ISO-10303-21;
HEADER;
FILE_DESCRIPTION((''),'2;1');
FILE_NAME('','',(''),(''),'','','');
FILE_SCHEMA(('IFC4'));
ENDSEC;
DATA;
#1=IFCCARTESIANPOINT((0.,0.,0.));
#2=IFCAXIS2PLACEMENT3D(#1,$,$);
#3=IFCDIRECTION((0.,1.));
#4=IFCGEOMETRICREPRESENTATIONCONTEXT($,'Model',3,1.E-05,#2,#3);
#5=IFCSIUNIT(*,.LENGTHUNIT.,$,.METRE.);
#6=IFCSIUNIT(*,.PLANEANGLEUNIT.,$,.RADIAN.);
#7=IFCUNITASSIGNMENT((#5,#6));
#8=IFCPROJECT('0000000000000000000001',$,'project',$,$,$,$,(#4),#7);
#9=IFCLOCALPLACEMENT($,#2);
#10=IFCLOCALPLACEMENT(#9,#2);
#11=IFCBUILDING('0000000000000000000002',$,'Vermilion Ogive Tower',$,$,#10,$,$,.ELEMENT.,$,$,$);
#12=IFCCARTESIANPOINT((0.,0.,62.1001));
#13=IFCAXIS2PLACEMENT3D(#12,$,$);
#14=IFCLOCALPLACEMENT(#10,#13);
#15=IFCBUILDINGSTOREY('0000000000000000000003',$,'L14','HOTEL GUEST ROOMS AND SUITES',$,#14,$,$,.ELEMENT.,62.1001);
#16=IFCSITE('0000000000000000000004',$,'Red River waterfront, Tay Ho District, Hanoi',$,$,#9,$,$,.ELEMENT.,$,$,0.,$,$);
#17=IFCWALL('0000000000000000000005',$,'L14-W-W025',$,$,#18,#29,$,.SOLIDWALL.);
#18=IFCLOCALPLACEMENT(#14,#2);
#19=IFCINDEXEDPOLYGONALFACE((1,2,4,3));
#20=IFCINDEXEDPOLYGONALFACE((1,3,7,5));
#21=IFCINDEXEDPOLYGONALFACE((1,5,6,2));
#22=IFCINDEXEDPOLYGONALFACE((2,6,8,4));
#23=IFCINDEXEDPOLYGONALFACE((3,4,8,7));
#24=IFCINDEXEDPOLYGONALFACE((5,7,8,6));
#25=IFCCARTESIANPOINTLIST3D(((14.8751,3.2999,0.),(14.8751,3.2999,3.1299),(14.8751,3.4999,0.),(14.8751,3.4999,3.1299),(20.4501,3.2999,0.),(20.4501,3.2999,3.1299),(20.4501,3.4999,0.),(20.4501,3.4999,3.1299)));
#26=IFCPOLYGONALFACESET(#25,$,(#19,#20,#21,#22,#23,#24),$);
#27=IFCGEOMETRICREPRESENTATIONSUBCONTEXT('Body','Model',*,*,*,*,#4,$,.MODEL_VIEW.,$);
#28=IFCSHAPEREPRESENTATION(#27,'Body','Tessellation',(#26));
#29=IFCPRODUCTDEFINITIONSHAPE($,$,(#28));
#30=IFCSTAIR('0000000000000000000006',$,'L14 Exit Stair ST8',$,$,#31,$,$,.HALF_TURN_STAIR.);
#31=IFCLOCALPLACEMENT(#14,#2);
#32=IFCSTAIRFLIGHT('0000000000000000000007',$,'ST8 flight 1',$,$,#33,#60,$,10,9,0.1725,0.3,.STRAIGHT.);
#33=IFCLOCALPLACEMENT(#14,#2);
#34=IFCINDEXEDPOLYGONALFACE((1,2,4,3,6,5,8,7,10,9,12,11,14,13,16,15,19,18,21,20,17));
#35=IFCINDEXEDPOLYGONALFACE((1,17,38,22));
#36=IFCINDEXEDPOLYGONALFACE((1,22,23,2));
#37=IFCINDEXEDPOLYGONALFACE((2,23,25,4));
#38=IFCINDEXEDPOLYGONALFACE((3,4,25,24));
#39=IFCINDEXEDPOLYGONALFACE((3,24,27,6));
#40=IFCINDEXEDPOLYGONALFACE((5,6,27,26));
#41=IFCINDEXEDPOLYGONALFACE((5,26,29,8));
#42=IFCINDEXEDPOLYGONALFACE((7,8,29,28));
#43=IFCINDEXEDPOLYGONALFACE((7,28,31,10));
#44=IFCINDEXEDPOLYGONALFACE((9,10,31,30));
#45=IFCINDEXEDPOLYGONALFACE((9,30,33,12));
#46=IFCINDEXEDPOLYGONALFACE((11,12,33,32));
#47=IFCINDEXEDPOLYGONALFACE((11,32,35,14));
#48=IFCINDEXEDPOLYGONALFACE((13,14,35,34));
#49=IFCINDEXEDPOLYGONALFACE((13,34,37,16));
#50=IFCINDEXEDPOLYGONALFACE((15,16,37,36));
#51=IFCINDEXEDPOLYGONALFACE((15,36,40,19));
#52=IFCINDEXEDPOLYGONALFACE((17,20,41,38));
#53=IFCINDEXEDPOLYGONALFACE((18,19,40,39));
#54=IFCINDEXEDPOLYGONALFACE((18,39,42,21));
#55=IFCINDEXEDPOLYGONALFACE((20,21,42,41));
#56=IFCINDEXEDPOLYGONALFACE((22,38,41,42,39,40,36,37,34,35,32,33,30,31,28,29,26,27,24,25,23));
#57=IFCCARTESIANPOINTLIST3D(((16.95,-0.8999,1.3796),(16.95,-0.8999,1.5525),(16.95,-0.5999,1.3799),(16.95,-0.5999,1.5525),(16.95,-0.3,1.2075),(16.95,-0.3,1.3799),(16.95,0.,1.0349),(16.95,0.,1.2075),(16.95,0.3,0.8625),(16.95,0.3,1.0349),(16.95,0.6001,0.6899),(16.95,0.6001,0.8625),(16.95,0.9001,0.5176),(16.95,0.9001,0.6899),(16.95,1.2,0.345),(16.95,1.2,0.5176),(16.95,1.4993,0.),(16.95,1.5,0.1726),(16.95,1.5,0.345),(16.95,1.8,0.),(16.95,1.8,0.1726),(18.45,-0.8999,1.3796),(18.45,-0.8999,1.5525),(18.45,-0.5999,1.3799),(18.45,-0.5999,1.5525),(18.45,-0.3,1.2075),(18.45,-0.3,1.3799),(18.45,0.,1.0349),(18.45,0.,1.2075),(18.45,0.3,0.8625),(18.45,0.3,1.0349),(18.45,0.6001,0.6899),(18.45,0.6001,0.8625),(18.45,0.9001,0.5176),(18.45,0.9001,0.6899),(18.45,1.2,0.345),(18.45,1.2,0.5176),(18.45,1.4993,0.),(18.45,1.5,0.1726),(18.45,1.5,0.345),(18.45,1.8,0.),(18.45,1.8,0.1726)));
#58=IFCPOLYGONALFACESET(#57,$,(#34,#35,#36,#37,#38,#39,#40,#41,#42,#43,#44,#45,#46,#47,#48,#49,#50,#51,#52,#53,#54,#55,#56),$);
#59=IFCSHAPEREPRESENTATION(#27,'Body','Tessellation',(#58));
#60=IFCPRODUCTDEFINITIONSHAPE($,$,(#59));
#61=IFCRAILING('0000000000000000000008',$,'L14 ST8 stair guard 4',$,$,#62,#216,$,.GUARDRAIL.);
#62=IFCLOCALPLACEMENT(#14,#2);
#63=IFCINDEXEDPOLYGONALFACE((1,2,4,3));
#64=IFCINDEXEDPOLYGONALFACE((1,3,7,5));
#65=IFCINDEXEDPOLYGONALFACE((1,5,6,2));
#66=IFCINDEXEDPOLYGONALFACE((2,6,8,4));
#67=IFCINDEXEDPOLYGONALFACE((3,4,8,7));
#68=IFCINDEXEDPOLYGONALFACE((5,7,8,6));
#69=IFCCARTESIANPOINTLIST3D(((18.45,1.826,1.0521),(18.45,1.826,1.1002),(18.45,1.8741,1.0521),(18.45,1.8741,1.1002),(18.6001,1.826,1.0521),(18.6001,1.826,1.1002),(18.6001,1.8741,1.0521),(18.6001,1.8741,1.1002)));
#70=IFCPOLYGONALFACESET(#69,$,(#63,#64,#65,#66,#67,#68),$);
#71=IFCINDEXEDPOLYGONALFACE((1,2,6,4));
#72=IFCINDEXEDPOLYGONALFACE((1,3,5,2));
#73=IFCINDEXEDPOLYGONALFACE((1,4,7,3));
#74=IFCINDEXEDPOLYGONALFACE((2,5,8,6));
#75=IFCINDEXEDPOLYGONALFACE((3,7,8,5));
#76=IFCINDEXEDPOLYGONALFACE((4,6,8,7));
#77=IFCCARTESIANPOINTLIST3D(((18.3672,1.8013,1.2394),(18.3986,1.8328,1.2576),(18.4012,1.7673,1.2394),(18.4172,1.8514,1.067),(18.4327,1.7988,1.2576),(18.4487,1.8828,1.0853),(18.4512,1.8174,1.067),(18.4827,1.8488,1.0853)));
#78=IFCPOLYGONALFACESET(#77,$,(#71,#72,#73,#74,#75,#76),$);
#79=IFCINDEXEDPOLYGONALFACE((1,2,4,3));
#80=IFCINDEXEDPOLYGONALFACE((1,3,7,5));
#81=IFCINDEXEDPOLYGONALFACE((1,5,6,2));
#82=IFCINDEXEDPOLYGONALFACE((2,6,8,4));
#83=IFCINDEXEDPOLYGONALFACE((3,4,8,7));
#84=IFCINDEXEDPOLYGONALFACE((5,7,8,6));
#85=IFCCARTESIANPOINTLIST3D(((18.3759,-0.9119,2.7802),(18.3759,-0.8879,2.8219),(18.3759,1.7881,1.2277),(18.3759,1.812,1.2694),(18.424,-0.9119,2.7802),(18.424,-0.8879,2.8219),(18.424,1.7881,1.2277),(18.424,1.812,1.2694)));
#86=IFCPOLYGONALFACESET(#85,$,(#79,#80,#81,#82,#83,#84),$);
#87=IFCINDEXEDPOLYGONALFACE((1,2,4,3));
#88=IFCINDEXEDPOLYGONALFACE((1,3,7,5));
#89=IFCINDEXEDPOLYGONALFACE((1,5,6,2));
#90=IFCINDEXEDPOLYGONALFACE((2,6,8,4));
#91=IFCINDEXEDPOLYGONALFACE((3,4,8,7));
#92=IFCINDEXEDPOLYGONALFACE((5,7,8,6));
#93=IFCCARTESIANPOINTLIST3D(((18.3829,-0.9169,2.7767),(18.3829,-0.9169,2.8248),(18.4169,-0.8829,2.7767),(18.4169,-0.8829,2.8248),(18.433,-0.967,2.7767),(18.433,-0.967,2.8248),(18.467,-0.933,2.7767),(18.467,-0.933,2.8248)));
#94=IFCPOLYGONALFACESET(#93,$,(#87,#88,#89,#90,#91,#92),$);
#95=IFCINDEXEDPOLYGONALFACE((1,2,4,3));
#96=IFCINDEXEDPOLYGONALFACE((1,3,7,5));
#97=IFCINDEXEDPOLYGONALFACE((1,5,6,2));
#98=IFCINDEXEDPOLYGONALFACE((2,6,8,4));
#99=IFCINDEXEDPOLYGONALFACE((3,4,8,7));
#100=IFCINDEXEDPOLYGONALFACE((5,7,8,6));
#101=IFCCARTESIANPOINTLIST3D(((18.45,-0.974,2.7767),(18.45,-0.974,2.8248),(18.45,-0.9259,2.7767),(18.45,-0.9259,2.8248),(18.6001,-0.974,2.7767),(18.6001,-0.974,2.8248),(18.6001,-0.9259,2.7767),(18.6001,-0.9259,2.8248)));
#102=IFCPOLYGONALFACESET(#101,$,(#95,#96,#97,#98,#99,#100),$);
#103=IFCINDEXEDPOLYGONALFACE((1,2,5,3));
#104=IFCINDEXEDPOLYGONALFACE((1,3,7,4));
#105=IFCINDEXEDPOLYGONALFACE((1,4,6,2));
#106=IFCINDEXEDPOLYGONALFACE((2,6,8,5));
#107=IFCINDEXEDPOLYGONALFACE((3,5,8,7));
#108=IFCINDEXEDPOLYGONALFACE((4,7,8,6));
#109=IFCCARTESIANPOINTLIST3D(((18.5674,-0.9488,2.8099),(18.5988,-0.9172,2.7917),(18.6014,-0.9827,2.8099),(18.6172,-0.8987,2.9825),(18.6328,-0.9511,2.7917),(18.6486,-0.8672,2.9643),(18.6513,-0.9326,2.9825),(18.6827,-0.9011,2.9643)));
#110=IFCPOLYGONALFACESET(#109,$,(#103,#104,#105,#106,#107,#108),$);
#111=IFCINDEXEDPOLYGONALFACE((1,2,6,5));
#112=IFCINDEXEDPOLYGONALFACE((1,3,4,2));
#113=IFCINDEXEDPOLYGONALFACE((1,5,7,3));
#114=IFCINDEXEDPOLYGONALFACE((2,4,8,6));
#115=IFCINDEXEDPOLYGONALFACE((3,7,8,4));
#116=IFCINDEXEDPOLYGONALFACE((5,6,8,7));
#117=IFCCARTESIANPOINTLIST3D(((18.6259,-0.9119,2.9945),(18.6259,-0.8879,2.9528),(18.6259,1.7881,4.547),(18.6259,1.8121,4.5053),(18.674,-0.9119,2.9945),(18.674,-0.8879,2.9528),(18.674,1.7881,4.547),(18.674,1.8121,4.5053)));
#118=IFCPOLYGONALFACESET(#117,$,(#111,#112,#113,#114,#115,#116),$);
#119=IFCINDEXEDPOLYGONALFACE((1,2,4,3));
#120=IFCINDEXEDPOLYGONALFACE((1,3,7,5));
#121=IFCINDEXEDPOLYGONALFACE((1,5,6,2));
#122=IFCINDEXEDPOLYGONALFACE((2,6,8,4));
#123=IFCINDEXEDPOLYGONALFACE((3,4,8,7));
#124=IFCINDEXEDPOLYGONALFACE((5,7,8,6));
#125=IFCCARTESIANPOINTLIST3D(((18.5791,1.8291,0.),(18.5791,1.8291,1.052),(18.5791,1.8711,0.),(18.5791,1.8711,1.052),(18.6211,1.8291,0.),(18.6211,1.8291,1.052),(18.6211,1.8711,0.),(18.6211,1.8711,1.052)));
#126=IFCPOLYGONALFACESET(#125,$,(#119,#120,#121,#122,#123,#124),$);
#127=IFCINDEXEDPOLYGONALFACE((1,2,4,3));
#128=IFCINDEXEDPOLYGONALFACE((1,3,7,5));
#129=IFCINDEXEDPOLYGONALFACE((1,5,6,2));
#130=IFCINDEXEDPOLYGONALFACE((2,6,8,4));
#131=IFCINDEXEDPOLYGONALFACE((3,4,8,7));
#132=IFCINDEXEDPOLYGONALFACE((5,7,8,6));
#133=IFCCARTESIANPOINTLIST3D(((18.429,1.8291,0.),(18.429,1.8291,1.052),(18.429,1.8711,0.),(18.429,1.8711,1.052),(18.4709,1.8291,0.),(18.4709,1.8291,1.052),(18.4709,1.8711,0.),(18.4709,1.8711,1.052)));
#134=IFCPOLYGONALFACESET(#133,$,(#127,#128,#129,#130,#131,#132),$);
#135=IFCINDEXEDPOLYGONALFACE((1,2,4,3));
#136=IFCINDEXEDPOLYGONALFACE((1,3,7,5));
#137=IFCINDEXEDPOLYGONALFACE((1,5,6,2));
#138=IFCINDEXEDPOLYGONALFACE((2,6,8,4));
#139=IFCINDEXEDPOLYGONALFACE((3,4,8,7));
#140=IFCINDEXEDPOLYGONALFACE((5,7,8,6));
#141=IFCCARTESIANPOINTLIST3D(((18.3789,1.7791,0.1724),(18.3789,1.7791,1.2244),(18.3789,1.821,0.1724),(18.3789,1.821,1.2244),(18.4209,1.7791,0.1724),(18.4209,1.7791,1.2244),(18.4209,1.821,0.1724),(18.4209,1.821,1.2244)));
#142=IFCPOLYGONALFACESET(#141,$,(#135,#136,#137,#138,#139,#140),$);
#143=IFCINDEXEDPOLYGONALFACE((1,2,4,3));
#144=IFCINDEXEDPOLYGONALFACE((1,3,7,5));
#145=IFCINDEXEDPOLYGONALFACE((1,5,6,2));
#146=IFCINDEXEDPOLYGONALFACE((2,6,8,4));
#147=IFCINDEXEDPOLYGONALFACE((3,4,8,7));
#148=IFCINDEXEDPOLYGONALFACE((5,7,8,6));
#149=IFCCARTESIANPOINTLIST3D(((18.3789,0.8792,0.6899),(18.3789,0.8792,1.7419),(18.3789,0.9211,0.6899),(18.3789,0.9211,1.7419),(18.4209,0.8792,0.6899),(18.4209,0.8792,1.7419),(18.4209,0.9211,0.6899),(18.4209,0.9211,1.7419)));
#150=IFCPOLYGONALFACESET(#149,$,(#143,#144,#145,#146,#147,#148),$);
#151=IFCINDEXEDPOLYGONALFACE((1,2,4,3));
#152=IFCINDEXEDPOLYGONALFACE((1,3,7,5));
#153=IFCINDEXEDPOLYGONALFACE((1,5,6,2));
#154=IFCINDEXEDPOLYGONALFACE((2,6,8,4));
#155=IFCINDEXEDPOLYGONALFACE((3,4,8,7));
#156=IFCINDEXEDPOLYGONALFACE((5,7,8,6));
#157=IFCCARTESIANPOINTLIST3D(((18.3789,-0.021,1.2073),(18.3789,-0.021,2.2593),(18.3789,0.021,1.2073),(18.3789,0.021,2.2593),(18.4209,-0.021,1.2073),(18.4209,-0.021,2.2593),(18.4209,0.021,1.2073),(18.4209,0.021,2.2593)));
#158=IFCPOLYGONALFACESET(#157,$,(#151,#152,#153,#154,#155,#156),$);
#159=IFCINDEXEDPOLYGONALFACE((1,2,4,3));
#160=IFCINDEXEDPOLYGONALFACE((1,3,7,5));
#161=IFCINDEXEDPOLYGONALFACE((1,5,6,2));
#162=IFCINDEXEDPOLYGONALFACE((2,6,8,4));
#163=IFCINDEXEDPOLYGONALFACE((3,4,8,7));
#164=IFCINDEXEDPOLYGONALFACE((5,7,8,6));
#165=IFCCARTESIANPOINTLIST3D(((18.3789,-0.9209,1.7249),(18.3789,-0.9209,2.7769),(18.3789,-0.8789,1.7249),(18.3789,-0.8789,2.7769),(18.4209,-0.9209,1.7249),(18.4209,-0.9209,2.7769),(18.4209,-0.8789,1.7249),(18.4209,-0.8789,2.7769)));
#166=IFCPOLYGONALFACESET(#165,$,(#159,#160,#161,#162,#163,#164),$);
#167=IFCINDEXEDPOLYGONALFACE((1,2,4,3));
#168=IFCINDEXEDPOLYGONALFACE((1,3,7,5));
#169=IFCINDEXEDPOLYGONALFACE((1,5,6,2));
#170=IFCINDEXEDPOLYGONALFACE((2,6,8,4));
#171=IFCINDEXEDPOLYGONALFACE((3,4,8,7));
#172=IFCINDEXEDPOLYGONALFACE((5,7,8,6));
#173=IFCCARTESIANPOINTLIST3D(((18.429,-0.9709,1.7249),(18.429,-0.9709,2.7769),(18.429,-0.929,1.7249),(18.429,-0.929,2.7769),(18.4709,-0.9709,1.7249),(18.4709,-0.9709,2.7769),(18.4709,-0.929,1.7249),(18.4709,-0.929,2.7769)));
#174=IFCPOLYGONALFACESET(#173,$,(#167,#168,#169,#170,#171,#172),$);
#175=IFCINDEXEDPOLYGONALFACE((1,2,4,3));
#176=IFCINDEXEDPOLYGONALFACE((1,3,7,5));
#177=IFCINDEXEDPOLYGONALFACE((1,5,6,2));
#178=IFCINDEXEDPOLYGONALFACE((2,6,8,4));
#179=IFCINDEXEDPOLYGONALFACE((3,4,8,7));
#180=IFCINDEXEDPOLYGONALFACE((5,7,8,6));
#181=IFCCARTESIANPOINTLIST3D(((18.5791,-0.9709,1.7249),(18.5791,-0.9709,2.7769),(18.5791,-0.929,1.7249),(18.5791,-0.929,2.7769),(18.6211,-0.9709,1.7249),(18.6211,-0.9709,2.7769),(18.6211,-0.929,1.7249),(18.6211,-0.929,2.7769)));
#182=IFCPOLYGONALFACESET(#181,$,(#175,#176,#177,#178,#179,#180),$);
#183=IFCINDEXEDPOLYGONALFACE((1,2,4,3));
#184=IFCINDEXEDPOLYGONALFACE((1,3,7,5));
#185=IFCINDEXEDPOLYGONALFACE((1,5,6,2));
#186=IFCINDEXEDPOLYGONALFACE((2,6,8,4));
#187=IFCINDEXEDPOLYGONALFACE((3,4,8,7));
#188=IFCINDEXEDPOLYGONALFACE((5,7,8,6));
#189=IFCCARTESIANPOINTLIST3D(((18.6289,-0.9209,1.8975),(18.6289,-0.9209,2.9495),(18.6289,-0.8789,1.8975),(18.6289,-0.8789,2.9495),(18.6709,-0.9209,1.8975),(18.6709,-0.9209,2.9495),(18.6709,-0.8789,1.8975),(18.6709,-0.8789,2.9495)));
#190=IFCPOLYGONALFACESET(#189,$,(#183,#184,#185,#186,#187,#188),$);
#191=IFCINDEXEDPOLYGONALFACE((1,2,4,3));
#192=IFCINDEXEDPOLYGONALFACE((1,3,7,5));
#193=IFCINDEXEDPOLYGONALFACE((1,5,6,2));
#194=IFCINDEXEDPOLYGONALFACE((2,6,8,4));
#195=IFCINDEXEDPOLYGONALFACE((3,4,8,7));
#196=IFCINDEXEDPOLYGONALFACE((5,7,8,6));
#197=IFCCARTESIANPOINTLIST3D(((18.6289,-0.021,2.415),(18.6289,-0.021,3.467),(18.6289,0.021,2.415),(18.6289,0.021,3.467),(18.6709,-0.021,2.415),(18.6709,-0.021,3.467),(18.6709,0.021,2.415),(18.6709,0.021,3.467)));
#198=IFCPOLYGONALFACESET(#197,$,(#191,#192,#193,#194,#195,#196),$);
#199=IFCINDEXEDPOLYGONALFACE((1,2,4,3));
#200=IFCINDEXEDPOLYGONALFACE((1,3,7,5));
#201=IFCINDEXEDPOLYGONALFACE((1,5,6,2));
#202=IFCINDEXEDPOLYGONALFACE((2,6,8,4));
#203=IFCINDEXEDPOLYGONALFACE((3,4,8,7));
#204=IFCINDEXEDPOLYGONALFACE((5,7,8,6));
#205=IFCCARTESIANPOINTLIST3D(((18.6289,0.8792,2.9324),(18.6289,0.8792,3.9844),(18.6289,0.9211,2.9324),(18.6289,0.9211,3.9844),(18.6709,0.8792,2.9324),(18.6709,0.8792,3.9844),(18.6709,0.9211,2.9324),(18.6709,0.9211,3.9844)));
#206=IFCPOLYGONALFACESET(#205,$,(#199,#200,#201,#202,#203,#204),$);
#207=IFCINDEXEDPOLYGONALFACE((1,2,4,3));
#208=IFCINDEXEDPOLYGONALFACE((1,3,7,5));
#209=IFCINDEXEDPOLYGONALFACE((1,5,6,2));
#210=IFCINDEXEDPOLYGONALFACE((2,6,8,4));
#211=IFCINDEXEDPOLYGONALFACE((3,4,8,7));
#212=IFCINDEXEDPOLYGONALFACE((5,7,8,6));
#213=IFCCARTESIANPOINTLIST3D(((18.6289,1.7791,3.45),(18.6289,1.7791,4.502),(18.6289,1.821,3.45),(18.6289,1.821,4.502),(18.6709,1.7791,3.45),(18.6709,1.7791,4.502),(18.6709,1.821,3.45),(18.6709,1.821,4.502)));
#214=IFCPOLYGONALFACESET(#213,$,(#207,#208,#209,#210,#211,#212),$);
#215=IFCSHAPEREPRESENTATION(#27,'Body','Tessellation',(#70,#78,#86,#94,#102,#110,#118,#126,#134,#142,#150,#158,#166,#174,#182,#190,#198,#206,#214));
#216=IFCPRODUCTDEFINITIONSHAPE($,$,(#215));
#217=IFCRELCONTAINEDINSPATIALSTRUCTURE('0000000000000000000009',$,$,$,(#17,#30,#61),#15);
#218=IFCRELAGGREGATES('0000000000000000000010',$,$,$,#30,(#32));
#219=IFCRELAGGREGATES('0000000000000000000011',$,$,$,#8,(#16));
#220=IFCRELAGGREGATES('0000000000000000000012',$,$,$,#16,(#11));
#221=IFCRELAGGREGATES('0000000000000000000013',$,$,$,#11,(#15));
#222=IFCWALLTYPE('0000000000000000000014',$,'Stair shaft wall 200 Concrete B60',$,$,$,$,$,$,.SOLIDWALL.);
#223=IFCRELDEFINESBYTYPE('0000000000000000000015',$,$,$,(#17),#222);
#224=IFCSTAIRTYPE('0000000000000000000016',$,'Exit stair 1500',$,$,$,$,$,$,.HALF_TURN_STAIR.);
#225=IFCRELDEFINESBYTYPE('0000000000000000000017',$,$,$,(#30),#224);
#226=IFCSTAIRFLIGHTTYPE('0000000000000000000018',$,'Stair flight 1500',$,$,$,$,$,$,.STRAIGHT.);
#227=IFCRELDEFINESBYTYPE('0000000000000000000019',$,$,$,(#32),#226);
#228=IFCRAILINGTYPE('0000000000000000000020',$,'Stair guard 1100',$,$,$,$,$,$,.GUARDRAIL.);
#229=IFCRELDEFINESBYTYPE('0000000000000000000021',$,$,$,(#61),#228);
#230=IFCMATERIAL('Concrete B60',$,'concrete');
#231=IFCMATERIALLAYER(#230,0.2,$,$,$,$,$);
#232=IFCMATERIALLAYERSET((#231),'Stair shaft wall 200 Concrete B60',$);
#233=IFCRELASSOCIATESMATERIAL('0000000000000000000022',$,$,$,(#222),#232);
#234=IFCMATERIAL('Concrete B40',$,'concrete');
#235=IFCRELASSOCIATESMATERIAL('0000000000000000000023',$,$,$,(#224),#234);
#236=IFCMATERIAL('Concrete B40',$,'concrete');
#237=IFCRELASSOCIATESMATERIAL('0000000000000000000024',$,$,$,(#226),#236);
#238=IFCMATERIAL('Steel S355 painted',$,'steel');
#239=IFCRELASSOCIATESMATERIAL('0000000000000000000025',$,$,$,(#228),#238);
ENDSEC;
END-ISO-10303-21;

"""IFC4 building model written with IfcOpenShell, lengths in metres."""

from ifc_helpers import new_model, si_unit, direction, frame, frame_2d, origin, origin_2d, place, context, subcontext, project, spatial, polyline, rectangle, outline, extrude, material, layer, layer_set, type_object, element, aggregate, save


model = new_model("IFC4")

# Units and contexts
model_context = context("Model", 3, precision=1e-05, world=origin(), true_north=direction((0.0, 1.0)))
body_context = subcontext(model_context, "Body", "Model", "MODEL_VIEW")
ifc_project = project(units=[si_unit("LENGTHUNIT", "METRE"), si_unit("PLANEANGLEUNIT", "RADIAN")], contexts=[model_context])

# Site, building, storey
site_placement = place(None, origin())
site = spatial("IfcSite", under=ifc_project, at=site_placement, Name="Red River waterfront, Tay Ho District, Hanoi", CompositionType="ELEMENT", RefElevation=0.0)
building_placement = place(site_placement, origin())
building = spatial("IfcBuilding", under=site, at=building_placement, Name="Vermilion Ogive Tower", CompositionType="ELEMENT")
storey_placement = place(building_placement, frame((0.0, 0.0, 62.1001)))
storey = spatial("IfcBuildingStorey", under=building, at=storey_placement, Name="L14", Description="HOTEL GUEST ROOMS AND SUITES", CompositionType="ELEMENT", Elevation=62.1001)

# Wall
ifc_material_1 = material(Name="Concrete B60", Category="concrete")
ifc_layer_1 = layer(ifc_material_1, 0.2)
ifc_layer_set_1 = layer_set([ifc_layer_1], Name="Stair shaft wall 200 Concrete B60")
wall_type_1 = type_object("IfcWallType", Name="Stair shaft wall 200 Concrete B60", PredefinedType="SOLIDWALL", material=ifc_layer_set_1)
wall_1_placement = place(storey_placement, frame((14.875, 3.3999, 0.0), z_axis=(0.0, 0.0, 1.0), x_axis=(1.0, 0.0, 0.0)))
element("IfcWall", 1, at=wall_1_placement, inside=storey, type_object=wall_type_1, Name="L14-W-W025", PredefinedType="SOLIDWALL", context=body_context, shape_type="SweptSolid", body=[
    extrude(rectangle(XDim=5.575, YDim=0.2, at=frame_2d((2.7876, 0.0))), origin(), (0.0, 0.0, 1.0), 3.1299),
])

# Stair, stair flight
ifc_material_2 = material(Name="Concrete B40", Category="concrete")
stair_type = type_object("IfcStairType", Name="Exit stair 1500", PredefinedType="HALF_TURN_STAIR", material=ifc_material_2)
stair_placement = place(storey_placement, origin())
stair = element("IfcStair", 2, at=stair_placement, inside=storey, type_object=stair_type, Name="L14 Exit Stair ST8", PredefinedType="HALF_TURN_STAIR")
ifc_material_3 = material(Name="Concrete B40", Category="concrete")
stair_flight_type = type_object("IfcStairFlightType", Name="Stair flight 1500", PredefinedType="STRAIGHT", material=ifc_material_3)
stair_flight_placement = place(storey_placement, frame((17.7, 1.8, 0.0), z_axis=(0.0, 0.0, 1.0), x_axis=(0.0, -1.0, 0.0)))
stair_flight = element("IfcStairFlight", 3, at=stair_flight_placement, type_object=stair_flight_type, Name="ST8 flight 1", NumberOfRisers=10, NumberOfTreads=9, PredefinedType="STRAIGHT", RiserHeight=0.1725, TreadLength=0.3, context=body_context, shape_type="SweptSolid", body=[
    extrude(outline(polyline([(0.0, 0.0), (0.0, 0.1726), (0.3, 0.1726), (0.3, 0.345), (0.6001, 0.345), (0.6001, 0.5176), (0.8999, 0.5176), (0.8999, 0.6899), (1.2, 0.6899), (1.2, 0.8625), (1.5, 0.8625), (1.5, 1.0349), (1.8, 1.0349), (1.8, 1.2075), (2.1001, 1.2075), (2.1001, 1.3799), (2.3999, 1.3799), (2.3999, 1.5525), (2.7, 1.5525), (2.7, 1.7251), (2.7, 1.3796), (0.3008, 0.0), (0.0, 0.0)])), frame((0.0, 0.75, 0.0), z_axis=(0.0, -1.0, 0.0), x_axis=(1.0, 0.0, 0.0)), (0.0, 0.0, 1.0), 1.5),
])
aggregate(stair, [stair_flight])

# Railing
ifc_material_4 = material(Name="Steel S355 painted", Category="steel")
railing_type_1 = type_object("IfcRailingType", Name="Stair guard 1100", PredefinedType="GUARDRAIL", material=ifc_material_4)
railing_1_placement = place(storey_placement, frame((18.6001, 1.8501, 0.0)))
element("IfcRailing", 4, at=railing_1_placement, inside=storey, type_object=railing_type_1, Name="L14 ST8 stair guard 4", PredefinedType="GUARDRAIL", context=body_context, shape_type="SweptSolid", body=[
    extrude(rectangle(XDim=0.0481, YDim=0.0481, at=origin_2d()), frame((0.0, 0.0, 1.0762), z_axis=(-1.0, 0.0, 0.0), x_axis=(0.0, -1.0, 0.0)), (0.0, 0.0, 1.0), 0.1501),
    extrude(rectangle(XDim=0.0481, YDim=0.0481, at=origin_2d()), frame((-0.1501, 0.0, 1.0762), z_axis=(-0.268603, -0.268603, 0.925043), x_axis=(0.707107, -0.707107, 0.0)), (0.0, 0.0, 1.0), 0.1863),
    extrude(rectangle(XDim=0.0481, YDim=0.0481, at=origin_2d()), frame((-0.2002, -0.05, 1.2485), z_axis=(0.0, -0.866904, 0.498476), x_axis=(1.0, 0.0, 0.0)), (0.0, 0.0, 1.0), 3.1145),
    extrude(rectangle(XDim=0.0481, YDim=0.0481, at=origin_2d()), frame((-0.2002, -2.75, 2.8008), z_axis=(0.707107, -0.707107, 0.0), x_axis=(0.707107, 0.707107, 0.0)), (0.0, 0.0, 1.0), 0.0708),
    extrude(rectangle(XDim=0.0481, YDim=0.0481, at=origin_2d()), frame((-0.1501, -2.8, 2.8008), z_axis=(1.0, 0.0, 0.0), x_axis=(0.0, 1.0, 0.0)), (0.0, 0.0, 1.0), 0.1501),
    extrude(rectangle(XDim=0.0481, YDim=0.0481, at=origin_2d()), frame((0.0, -2.8, 2.8008), z_axis=(0.267063, 0.268372, 0.925556), x_axis=(-0.708834, 0.705376, 0.0)), (0.0, 0.0, 1.0), 0.1865),
    extrude(rectangle(XDim=0.0481, YDim=0.0481, at=origin_2d()), frame((0.0498, -2.75, 2.9736), z_axis=(0.0, 0.866904, 0.498476), x_axis=(-1.0, 0.0, 0.0)), (0.0, 0.0, 1.0), 3.1145),
    extrude(rectangle(XDim=0.042, YDim=0.042, at=origin_2d()), origin(), (0.0, 0.0, 1.0), 1.052),
    extrude(rectangle(XDim=0.042, YDim=0.042, at=origin_2d()), frame((-0.1501, 0.0, 0.0)), (0.0, 0.0, 1.0), 1.052),
    extrude(rectangle(XDim=0.042, YDim=0.042, at=origin_2d()), frame((-0.2002, -0.05, 0.1724)), (0.0, 0.0, 1.0), 1.052),
    extrude(rectangle(XDim=0.042, YDim=0.042, at=origin_2d()), frame((-0.2002, -0.95, 0.6899)), (0.0, 0.0, 1.0), 1.052),
    extrude(rectangle(XDim=0.042, YDim=0.042, at=origin_2d()), frame((-0.2002, -1.8501, 1.2073)), (0.0, 0.0, 1.0), 1.052),
    extrude(rectangle(XDim=0.042, YDim=0.042, at=origin_2d()), frame((-0.2002, -2.75, 1.7249)), (0.0, 0.0, 1.0), 1.052),
    extrude(rectangle(XDim=0.042, YDim=0.042, at=origin_2d()), frame((-0.1501, -2.8, 1.7249)), (0.0, 0.0, 1.0), 1.052),
    extrude(rectangle(XDim=0.042, YDim=0.042, at=origin_2d()), frame((0.0, -2.8, 1.7249)), (0.0, 0.0, 1.0), 1.052),
    extrude(rectangle(XDim=0.042, YDim=0.042, at=origin_2d()), frame((0.0498, -2.75, 1.8975)), (0.0, 0.0, 1.0), 1.052),
    extrude(rectangle(XDim=0.042, YDim=0.042, at=origin_2d()), frame((0.0498, -1.8501, 2.415)), (0.0, 0.0, 1.0), 1.052),
    extrude(rectangle(XDim=0.042, YDim=0.042, at=origin_2d()), frame((0.0498, -0.95, 2.9324)), (0.0, 0.0, 1.0), 1.052),
    extrude(rectangle(XDim=0.042, YDim=0.042, at=origin_2d()), frame((0.0498, -0.05, 3.45)), (0.0, 0.0, 1.0), 1.052),
])

save(model, "model.ifc")
